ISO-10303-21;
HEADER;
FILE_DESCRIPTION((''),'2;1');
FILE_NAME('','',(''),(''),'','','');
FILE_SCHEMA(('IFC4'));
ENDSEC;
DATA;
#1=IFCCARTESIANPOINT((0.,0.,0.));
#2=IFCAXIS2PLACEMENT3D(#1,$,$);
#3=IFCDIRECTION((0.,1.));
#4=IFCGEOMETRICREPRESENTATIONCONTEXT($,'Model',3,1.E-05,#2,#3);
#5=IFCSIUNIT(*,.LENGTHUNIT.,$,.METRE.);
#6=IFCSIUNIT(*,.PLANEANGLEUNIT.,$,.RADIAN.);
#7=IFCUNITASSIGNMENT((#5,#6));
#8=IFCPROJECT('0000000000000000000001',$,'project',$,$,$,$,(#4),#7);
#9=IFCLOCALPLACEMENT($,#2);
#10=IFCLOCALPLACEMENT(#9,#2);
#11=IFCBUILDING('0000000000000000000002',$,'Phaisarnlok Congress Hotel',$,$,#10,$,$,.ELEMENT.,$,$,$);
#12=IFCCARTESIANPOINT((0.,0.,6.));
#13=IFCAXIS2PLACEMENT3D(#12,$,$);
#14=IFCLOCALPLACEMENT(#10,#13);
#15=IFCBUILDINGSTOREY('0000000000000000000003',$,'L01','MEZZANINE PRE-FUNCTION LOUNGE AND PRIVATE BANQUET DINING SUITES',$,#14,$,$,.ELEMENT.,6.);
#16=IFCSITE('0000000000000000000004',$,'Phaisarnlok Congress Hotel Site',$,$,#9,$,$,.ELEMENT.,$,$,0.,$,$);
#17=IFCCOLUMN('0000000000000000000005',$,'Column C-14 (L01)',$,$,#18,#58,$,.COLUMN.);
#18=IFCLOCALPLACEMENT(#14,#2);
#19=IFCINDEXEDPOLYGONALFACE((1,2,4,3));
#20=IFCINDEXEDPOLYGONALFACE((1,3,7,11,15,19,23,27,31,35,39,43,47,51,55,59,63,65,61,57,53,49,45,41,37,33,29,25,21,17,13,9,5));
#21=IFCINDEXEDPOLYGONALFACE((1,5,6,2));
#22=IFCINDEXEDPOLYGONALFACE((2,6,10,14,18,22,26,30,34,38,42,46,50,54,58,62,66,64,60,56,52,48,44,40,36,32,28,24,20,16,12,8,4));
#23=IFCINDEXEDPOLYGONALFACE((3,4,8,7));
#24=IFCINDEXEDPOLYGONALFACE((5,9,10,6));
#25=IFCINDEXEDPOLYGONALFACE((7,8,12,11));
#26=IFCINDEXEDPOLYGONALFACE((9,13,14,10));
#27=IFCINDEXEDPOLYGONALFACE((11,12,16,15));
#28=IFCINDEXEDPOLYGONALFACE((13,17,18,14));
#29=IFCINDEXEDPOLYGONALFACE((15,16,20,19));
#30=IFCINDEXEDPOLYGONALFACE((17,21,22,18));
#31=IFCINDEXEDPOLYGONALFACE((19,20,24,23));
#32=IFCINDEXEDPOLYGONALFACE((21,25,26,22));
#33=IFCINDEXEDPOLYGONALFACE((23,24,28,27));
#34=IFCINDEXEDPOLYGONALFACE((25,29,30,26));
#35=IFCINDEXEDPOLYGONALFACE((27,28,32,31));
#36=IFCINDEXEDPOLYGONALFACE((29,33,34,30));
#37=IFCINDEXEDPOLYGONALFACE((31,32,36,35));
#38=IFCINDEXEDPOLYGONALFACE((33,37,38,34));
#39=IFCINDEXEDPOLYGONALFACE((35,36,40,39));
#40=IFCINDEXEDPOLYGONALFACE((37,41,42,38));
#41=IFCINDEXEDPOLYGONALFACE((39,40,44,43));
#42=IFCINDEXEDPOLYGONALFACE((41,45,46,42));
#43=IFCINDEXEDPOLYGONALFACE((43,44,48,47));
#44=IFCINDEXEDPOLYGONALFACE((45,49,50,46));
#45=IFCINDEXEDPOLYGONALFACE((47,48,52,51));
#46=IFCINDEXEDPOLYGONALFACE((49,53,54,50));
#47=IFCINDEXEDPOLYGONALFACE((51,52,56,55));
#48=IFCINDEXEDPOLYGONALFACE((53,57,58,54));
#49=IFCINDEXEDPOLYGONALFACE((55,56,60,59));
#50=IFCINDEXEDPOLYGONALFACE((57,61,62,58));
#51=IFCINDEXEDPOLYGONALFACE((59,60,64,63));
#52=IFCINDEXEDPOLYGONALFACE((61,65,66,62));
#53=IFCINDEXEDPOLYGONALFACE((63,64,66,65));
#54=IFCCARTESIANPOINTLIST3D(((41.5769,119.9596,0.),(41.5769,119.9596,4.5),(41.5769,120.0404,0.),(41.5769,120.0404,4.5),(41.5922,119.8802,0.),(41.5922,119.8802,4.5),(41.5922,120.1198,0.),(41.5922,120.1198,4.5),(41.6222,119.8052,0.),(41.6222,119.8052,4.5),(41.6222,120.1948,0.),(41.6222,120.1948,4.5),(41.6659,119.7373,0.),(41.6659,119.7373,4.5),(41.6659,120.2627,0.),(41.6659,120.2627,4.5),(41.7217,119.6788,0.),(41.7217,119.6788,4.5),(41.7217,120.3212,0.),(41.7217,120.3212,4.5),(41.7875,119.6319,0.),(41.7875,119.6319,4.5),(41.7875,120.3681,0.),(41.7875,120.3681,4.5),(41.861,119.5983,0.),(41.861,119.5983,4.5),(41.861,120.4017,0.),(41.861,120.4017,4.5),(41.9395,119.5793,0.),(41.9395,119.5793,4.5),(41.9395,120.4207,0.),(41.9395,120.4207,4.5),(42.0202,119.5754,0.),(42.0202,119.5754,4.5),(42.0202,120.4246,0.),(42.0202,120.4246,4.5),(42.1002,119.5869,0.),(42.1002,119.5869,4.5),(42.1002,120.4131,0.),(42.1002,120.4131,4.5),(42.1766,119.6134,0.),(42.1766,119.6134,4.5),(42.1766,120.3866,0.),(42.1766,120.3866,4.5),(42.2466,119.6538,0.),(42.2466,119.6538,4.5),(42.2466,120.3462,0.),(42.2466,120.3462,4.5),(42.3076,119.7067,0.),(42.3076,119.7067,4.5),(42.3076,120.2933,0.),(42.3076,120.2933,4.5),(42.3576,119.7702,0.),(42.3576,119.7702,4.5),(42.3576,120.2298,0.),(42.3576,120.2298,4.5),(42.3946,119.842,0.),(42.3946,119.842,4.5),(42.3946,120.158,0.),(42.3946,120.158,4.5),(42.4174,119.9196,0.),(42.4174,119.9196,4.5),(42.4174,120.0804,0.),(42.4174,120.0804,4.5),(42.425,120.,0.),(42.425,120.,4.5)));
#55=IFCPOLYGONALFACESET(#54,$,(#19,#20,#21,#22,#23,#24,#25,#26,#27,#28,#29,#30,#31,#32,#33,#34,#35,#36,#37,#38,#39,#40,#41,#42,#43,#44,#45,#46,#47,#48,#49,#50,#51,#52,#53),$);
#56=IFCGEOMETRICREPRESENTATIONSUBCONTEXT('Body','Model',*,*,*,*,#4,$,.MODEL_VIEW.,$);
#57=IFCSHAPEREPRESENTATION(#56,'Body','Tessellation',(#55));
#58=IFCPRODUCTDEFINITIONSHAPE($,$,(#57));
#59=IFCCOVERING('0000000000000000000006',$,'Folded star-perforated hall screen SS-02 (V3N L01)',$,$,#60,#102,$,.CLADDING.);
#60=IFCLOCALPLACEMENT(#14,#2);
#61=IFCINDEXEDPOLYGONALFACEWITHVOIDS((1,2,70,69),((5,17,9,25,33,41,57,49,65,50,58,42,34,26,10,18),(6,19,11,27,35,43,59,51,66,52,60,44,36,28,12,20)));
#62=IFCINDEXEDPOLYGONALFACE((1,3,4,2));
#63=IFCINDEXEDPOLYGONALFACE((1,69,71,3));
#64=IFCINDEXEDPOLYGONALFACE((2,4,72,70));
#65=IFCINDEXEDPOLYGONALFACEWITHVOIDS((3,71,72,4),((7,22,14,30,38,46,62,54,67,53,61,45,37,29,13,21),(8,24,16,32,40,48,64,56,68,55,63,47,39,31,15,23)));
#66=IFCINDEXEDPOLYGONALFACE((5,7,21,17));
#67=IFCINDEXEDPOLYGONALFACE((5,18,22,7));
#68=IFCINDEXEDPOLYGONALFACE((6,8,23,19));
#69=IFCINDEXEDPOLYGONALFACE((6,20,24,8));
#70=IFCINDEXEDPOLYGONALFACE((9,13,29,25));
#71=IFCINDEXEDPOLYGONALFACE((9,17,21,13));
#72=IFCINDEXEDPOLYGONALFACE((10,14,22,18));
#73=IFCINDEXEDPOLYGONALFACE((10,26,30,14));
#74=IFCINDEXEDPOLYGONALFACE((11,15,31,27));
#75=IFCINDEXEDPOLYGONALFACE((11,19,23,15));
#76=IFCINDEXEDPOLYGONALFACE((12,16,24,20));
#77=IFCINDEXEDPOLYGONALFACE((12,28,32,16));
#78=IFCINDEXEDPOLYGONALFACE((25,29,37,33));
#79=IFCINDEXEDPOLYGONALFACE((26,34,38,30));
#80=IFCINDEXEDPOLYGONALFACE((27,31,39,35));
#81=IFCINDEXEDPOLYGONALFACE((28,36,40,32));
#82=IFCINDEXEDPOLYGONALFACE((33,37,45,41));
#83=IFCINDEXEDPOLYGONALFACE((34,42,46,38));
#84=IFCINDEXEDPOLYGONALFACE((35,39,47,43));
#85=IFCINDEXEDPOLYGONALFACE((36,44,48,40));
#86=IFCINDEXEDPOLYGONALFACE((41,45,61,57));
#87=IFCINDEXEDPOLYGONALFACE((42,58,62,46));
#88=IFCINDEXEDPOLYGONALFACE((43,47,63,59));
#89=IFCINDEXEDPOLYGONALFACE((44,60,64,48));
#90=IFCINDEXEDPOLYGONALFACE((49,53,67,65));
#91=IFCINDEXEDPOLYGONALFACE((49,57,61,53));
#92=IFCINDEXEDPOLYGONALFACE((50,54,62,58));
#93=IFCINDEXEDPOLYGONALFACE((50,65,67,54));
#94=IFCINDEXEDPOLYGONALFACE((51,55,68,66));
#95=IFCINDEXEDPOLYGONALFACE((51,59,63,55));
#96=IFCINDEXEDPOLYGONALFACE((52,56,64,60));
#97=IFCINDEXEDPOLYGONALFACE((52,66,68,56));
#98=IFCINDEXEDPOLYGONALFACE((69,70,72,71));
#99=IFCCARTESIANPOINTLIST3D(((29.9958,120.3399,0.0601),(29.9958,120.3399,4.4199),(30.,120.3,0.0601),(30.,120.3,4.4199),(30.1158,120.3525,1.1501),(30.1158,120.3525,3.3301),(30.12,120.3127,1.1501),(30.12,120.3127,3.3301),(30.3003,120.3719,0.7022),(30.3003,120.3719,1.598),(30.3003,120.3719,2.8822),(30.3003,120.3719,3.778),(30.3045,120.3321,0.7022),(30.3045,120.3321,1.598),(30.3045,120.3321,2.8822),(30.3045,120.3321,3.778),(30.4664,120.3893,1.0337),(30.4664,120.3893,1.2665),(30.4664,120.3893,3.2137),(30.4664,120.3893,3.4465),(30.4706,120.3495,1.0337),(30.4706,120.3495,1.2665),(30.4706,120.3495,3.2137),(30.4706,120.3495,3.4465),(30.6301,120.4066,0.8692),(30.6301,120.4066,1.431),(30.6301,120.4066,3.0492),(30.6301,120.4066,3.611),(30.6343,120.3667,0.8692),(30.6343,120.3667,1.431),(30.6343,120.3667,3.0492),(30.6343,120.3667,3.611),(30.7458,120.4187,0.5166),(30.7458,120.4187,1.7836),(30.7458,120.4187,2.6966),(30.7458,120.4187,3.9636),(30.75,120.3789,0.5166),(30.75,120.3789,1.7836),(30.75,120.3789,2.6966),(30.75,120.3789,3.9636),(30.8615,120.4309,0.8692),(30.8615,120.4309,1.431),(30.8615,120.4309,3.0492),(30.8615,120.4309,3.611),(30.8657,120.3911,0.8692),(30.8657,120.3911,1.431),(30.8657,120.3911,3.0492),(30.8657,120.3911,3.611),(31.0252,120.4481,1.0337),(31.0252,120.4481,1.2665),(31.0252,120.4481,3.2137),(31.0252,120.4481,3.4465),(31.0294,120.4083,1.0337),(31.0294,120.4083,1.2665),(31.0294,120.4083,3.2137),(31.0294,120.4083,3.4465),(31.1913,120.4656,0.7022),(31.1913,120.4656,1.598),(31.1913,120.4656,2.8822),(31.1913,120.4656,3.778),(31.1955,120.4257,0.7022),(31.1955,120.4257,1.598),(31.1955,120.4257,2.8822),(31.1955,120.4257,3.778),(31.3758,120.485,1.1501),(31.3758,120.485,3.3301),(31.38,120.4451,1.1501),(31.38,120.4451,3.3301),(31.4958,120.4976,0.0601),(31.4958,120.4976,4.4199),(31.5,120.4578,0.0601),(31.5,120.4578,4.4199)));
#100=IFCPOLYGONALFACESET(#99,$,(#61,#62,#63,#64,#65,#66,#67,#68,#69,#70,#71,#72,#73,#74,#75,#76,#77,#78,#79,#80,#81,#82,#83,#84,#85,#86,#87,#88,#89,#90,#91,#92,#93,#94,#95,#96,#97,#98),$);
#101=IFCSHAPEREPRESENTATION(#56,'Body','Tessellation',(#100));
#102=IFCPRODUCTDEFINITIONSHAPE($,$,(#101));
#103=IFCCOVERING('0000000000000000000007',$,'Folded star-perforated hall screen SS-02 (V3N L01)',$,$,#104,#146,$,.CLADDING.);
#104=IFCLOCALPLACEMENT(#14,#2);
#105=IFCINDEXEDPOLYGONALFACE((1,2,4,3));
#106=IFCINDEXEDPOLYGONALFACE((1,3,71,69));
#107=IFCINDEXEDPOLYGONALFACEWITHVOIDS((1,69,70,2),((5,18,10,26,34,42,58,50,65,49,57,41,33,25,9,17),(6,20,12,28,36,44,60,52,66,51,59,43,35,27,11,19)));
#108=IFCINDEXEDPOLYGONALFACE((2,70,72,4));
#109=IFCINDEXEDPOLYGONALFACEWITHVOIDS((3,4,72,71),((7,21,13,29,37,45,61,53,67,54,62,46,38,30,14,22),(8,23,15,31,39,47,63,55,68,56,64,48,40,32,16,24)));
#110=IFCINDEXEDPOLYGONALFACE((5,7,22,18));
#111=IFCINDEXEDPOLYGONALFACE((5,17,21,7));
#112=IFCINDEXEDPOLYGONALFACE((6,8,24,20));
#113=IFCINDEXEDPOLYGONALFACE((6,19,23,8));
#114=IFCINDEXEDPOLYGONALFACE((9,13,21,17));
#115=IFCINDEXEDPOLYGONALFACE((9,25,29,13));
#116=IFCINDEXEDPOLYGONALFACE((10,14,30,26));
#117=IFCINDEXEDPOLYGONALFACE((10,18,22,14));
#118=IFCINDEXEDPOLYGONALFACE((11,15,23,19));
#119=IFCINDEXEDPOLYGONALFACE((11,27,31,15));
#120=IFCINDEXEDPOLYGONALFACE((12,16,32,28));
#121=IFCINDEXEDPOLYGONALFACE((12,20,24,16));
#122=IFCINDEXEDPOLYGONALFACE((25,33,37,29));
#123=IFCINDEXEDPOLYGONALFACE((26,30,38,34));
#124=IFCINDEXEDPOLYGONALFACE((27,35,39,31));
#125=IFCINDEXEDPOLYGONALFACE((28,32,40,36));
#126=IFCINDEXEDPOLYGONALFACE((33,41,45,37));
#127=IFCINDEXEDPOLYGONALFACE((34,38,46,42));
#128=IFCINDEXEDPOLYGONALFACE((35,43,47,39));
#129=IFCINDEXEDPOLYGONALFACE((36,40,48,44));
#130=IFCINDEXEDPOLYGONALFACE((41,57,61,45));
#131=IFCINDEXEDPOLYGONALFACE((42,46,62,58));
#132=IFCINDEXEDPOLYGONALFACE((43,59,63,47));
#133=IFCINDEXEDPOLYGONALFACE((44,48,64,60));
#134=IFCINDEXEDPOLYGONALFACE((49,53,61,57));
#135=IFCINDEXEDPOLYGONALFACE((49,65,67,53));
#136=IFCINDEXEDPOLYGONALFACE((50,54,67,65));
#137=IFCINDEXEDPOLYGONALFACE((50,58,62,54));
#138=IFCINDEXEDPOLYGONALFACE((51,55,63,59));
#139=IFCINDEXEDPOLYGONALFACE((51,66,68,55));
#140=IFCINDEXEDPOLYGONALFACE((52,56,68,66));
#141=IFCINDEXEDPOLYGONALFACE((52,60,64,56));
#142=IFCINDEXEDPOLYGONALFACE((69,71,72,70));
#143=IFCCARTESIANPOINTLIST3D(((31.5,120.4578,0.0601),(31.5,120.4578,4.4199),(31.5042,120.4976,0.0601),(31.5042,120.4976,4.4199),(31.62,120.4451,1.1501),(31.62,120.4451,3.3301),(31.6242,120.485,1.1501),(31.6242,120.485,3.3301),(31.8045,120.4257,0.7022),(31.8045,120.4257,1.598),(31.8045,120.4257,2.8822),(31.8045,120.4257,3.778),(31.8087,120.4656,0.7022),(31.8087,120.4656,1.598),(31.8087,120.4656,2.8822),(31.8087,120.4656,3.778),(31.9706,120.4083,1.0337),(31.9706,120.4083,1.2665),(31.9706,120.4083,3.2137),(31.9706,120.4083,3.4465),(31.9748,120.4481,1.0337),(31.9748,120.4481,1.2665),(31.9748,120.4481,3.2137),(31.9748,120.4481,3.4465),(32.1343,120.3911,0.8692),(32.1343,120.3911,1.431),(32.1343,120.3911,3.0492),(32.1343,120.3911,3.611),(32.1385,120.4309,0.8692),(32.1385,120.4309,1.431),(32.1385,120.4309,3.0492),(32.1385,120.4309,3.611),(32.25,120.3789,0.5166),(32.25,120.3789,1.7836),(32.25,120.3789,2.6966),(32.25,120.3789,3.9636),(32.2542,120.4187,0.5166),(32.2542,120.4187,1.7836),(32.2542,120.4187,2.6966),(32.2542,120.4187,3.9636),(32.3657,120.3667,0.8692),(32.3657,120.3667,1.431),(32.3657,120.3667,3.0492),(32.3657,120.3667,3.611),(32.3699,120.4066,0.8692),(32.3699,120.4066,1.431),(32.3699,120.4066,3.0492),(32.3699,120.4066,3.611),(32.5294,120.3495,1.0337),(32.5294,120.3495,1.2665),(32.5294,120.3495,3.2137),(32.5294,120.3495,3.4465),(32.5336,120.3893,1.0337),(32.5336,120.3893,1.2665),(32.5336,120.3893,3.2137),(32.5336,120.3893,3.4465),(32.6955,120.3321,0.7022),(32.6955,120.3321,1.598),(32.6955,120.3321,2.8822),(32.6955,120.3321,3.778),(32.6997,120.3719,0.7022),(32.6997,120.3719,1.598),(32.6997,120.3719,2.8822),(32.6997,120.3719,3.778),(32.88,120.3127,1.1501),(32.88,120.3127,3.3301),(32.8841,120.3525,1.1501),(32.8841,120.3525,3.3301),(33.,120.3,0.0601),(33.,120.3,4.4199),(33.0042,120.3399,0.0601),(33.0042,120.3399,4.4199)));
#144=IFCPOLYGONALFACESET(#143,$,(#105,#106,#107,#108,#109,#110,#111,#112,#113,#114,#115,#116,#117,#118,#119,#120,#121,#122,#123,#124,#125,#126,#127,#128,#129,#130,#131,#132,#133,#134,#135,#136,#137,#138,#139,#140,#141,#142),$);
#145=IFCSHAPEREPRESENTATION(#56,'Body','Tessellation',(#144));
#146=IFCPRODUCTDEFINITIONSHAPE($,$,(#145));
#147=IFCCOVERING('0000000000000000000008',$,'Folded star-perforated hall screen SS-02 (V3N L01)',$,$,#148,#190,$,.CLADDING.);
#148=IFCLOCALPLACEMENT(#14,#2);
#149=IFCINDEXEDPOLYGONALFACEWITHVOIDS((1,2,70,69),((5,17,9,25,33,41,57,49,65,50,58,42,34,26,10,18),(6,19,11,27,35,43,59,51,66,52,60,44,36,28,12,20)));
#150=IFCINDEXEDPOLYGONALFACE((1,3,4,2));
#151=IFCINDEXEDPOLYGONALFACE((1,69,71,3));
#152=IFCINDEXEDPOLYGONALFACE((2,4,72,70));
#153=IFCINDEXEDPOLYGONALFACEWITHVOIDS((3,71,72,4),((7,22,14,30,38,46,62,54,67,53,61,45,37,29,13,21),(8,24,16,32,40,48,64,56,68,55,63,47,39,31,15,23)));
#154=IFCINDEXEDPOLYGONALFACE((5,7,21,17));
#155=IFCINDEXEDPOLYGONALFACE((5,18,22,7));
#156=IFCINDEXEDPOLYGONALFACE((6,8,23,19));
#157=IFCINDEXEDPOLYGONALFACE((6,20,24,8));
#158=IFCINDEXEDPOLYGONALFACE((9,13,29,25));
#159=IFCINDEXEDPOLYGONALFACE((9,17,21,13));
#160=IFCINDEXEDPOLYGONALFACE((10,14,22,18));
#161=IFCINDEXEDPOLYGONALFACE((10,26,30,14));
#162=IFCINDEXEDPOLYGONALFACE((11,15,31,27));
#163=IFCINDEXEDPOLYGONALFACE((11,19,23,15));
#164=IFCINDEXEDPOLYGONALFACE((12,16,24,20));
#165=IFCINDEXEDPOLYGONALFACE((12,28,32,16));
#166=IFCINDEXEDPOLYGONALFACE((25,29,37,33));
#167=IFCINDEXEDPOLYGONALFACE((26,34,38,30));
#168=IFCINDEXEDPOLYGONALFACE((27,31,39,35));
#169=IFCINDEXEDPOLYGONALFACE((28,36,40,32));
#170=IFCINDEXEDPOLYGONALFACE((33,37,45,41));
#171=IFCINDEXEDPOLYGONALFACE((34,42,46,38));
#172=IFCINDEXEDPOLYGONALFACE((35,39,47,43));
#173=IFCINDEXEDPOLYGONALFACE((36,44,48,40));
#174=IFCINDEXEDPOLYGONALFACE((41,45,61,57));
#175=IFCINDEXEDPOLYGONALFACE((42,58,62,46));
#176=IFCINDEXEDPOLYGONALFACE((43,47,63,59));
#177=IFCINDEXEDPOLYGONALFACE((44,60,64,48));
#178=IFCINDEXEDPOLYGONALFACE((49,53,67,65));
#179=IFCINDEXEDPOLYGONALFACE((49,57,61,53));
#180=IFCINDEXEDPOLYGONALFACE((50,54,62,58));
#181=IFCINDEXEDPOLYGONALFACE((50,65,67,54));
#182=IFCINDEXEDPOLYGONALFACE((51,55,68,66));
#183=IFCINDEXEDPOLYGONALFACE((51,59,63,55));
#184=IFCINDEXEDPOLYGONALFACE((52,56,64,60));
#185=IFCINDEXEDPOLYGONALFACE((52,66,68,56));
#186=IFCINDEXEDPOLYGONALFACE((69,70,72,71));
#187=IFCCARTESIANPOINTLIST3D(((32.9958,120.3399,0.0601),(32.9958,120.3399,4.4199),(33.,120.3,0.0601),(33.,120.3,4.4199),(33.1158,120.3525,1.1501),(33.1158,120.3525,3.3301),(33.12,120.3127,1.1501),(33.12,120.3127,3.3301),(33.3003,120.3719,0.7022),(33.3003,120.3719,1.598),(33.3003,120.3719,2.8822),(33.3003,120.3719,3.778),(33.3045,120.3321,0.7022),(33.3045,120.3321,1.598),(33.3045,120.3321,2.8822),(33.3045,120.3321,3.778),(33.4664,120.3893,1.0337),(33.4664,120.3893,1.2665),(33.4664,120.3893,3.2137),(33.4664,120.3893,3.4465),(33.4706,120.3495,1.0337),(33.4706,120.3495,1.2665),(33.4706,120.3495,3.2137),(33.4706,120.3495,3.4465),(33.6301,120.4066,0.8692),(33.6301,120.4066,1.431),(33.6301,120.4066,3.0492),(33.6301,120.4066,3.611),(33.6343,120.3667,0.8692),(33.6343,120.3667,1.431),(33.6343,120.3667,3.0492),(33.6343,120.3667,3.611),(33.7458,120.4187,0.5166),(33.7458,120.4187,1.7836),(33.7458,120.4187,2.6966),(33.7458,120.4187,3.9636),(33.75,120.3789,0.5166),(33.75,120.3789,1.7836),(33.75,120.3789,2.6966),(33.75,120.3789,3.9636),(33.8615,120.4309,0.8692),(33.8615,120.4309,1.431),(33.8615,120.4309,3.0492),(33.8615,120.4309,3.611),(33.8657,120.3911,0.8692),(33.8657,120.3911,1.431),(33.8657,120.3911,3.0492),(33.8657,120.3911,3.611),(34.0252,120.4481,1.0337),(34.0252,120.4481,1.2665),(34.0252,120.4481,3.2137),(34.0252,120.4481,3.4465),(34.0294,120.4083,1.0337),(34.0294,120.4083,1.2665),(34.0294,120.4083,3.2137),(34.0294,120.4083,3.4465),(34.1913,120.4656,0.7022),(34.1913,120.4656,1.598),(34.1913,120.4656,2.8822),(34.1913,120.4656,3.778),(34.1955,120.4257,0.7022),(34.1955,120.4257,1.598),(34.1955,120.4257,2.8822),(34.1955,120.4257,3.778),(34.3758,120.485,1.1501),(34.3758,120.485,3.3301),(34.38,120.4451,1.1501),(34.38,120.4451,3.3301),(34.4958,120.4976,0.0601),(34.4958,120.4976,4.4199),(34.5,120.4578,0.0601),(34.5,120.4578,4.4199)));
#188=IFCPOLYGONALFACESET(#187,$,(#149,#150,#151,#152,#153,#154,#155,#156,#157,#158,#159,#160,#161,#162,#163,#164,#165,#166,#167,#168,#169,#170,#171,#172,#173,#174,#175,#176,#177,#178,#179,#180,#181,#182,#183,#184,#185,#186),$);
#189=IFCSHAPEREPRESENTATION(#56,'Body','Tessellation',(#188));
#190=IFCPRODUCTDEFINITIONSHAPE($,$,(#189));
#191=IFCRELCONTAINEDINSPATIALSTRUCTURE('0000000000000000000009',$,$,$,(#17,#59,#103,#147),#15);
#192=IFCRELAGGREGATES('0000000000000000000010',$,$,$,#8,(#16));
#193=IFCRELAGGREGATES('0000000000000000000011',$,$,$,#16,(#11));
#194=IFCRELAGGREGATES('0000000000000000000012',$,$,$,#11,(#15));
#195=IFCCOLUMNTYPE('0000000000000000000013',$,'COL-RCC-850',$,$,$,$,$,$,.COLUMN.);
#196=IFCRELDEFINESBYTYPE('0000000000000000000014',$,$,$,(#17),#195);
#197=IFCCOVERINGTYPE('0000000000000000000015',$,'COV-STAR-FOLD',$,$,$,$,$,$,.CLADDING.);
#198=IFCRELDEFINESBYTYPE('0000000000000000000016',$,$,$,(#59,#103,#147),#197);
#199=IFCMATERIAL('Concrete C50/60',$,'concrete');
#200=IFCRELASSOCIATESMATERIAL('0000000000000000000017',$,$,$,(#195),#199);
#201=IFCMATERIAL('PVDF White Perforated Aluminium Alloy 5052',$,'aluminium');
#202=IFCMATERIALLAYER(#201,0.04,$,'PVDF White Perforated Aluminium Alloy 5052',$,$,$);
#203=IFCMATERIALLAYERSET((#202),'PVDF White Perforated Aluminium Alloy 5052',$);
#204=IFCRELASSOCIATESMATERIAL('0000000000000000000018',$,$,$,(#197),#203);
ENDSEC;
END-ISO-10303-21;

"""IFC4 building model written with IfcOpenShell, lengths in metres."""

from ifc_helpers import new_model, si_unit, direction, frame, origin, origin_2d, place, context, subcontext, project, spatial, polyline, circle, outline, extrude, material, layer, layer_set, material_profile, profile_set, type_object, element, save


model = new_model("IFC4")

# Units and contexts
model_context = context("Model", 3, precision=1e-05, world=origin(), true_north=direction((0.0, 1.0)))
body_context = subcontext(model_context, "Body", "Model", "MODEL_VIEW")
ifc_project = project(units=[si_unit("LENGTHUNIT", "METRE"), si_unit("PLANEANGLEUNIT", "RADIAN")], contexts=[model_context])

# Site, building, storey
site_placement = place(None, origin())
site = spatial("IfcSite", under=ifc_project, at=site_placement, Name="Phaisarnlok Congress Hotel Site", CompositionType="ELEMENT", RefElevation=0.0)
building_placement = place(site_placement, origin())
building = spatial("IfcBuilding", under=site, at=building_placement, Name="Phaisarnlok Congress Hotel", CompositionType="ELEMENT")
storey_placement = place(building_placement, frame((0.0, 0.0, 6.0)))
storey = spatial("IfcBuildingStorey", under=building, at=storey_placement, Name="L01", Description="MEZZANINE PRE-FUNCTION LOUNGE AND PRIVATE BANQUET DINING SUITES", CompositionType="ELEMENT", Elevation=6.0)

# Column
ifc_material_1 = material(Name="Concrete C50/60", Category="concrete")
ifc_material_profile = material_profile(ifc_material_1, circle(Radius=0.425, at=origin_2d()), Name="RCC D850")
ifc_profile_set = profile_set([ifc_material_profile], Name="Concrete C50/60")
column_type = type_object("IfcColumnType", Name="COL-RCC-850", PredefinedType="COLUMN", material=ifc_profile_set)
column_placement = place(storey_placement, frame((42.0, 120.0, 0.0), z_axis=(0.0, 0.0, 1.0), x_axis=(1.0, 0.0, 0.0)))
element("IfcColumn", 1, at=column_placement, inside=storey, type_object=column_type, Name="Column C-14 (L01)", PredefinedType="COLUMN", context=body_context, shape_type="SweptSolid", body=[
    extrude(circle(Radius=0.425, at=origin_2d()), origin(), (0.0, 0.0, 1.0), 4.5),
])

# Coverings
ifc_material_2 = material(Name="PVDF White Perforated Aluminium Alloy 5052", Category="aluminium")
ifc_layer = layer(ifc_material_2, 0.04, Name="PVDF White Perforated Aluminium Alloy 5052")
ifc_layer_set = layer_set([ifc_layer], Name="PVDF White Perforated Aluminium Alloy 5052")
covering_type = type_object("IfcCoveringType", Name="COV-STAR-FOLD", PredefinedType="CLADDING", material=ifc_layer_set)
for number, where, z_axis, x_axis, name in (
    (2, (31.5, 120.4578, 0.0601), (-0.104567, 0.994518, 0.0), (-0.994518, -0.104567, 0.0), "Folded star-perforated hall screen SS-02 (V3N L01)"),
    (3, (33.0, 120.3, 0.0601), (0.104567, 0.994518, 0.0), (-0.994518, 0.104567, 0.0), "Folded star-perforated hall screen SS-02 (V3N L01)"),
    (4, (34.5, 120.4578, 0.0601), (-0.104567, 0.994518, 0.0), (-0.994518, -0.104567, 0.0), "Folded star-perforated hall screen SS-02 (V3N L01)"),
):
    element("IfcCovering", number, at=place(storey_placement, frame(where, z_axis=z_axis, x_axis=x_axis)), inside=storey, type_object=covering_type, Name=name, PredefinedType="CLADDING", context=body_context, shape_type="SweptSolid", body=[
        extrude(outline(polyline([(0.0, 0.0), (1.5083, 0.0), (1.5083, 4.3599), (0.0, 4.3599), (0.0, 0.0)]), holes=[polyline([(1.0351, 0.9736), (1.2021, 0.6421), (0.8705, 0.8091), (0.7541, 0.4565), (0.6378, 0.8091), (0.3062, 0.6421), (0.4732, 0.9736), (0.1207, 1.09), (0.4732, 1.2064), (0.3062, 1.5379), (0.6378, 1.3709), (0.7541, 1.7235), (0.8705, 1.3709), (1.2021, 1.5379), (1.0351, 1.2064), (1.3876, 1.09), (1.0351, 0.9736)]), polyline([(1.0351, 3.1536), (1.2021, 2.8221), (0.8705, 2.9891), (0.7541, 2.6365), (0.6378, 2.9891), (0.3062, 2.8221), (0.4732, 3.1536), (0.1207, 3.27), (0.4732, 3.3864), (0.3062, 3.7179), (0.6378, 3.5509), (0.7541, 3.9035), (0.8705, 3.5509), (1.2021, 3.7179), (1.0351, 3.3864), (1.3876, 3.27), (1.0351, 3.1536)])]), origin(), (0.0, 0.0, 1.0), 0.04),
    ])

save(model, "model.ifc")
